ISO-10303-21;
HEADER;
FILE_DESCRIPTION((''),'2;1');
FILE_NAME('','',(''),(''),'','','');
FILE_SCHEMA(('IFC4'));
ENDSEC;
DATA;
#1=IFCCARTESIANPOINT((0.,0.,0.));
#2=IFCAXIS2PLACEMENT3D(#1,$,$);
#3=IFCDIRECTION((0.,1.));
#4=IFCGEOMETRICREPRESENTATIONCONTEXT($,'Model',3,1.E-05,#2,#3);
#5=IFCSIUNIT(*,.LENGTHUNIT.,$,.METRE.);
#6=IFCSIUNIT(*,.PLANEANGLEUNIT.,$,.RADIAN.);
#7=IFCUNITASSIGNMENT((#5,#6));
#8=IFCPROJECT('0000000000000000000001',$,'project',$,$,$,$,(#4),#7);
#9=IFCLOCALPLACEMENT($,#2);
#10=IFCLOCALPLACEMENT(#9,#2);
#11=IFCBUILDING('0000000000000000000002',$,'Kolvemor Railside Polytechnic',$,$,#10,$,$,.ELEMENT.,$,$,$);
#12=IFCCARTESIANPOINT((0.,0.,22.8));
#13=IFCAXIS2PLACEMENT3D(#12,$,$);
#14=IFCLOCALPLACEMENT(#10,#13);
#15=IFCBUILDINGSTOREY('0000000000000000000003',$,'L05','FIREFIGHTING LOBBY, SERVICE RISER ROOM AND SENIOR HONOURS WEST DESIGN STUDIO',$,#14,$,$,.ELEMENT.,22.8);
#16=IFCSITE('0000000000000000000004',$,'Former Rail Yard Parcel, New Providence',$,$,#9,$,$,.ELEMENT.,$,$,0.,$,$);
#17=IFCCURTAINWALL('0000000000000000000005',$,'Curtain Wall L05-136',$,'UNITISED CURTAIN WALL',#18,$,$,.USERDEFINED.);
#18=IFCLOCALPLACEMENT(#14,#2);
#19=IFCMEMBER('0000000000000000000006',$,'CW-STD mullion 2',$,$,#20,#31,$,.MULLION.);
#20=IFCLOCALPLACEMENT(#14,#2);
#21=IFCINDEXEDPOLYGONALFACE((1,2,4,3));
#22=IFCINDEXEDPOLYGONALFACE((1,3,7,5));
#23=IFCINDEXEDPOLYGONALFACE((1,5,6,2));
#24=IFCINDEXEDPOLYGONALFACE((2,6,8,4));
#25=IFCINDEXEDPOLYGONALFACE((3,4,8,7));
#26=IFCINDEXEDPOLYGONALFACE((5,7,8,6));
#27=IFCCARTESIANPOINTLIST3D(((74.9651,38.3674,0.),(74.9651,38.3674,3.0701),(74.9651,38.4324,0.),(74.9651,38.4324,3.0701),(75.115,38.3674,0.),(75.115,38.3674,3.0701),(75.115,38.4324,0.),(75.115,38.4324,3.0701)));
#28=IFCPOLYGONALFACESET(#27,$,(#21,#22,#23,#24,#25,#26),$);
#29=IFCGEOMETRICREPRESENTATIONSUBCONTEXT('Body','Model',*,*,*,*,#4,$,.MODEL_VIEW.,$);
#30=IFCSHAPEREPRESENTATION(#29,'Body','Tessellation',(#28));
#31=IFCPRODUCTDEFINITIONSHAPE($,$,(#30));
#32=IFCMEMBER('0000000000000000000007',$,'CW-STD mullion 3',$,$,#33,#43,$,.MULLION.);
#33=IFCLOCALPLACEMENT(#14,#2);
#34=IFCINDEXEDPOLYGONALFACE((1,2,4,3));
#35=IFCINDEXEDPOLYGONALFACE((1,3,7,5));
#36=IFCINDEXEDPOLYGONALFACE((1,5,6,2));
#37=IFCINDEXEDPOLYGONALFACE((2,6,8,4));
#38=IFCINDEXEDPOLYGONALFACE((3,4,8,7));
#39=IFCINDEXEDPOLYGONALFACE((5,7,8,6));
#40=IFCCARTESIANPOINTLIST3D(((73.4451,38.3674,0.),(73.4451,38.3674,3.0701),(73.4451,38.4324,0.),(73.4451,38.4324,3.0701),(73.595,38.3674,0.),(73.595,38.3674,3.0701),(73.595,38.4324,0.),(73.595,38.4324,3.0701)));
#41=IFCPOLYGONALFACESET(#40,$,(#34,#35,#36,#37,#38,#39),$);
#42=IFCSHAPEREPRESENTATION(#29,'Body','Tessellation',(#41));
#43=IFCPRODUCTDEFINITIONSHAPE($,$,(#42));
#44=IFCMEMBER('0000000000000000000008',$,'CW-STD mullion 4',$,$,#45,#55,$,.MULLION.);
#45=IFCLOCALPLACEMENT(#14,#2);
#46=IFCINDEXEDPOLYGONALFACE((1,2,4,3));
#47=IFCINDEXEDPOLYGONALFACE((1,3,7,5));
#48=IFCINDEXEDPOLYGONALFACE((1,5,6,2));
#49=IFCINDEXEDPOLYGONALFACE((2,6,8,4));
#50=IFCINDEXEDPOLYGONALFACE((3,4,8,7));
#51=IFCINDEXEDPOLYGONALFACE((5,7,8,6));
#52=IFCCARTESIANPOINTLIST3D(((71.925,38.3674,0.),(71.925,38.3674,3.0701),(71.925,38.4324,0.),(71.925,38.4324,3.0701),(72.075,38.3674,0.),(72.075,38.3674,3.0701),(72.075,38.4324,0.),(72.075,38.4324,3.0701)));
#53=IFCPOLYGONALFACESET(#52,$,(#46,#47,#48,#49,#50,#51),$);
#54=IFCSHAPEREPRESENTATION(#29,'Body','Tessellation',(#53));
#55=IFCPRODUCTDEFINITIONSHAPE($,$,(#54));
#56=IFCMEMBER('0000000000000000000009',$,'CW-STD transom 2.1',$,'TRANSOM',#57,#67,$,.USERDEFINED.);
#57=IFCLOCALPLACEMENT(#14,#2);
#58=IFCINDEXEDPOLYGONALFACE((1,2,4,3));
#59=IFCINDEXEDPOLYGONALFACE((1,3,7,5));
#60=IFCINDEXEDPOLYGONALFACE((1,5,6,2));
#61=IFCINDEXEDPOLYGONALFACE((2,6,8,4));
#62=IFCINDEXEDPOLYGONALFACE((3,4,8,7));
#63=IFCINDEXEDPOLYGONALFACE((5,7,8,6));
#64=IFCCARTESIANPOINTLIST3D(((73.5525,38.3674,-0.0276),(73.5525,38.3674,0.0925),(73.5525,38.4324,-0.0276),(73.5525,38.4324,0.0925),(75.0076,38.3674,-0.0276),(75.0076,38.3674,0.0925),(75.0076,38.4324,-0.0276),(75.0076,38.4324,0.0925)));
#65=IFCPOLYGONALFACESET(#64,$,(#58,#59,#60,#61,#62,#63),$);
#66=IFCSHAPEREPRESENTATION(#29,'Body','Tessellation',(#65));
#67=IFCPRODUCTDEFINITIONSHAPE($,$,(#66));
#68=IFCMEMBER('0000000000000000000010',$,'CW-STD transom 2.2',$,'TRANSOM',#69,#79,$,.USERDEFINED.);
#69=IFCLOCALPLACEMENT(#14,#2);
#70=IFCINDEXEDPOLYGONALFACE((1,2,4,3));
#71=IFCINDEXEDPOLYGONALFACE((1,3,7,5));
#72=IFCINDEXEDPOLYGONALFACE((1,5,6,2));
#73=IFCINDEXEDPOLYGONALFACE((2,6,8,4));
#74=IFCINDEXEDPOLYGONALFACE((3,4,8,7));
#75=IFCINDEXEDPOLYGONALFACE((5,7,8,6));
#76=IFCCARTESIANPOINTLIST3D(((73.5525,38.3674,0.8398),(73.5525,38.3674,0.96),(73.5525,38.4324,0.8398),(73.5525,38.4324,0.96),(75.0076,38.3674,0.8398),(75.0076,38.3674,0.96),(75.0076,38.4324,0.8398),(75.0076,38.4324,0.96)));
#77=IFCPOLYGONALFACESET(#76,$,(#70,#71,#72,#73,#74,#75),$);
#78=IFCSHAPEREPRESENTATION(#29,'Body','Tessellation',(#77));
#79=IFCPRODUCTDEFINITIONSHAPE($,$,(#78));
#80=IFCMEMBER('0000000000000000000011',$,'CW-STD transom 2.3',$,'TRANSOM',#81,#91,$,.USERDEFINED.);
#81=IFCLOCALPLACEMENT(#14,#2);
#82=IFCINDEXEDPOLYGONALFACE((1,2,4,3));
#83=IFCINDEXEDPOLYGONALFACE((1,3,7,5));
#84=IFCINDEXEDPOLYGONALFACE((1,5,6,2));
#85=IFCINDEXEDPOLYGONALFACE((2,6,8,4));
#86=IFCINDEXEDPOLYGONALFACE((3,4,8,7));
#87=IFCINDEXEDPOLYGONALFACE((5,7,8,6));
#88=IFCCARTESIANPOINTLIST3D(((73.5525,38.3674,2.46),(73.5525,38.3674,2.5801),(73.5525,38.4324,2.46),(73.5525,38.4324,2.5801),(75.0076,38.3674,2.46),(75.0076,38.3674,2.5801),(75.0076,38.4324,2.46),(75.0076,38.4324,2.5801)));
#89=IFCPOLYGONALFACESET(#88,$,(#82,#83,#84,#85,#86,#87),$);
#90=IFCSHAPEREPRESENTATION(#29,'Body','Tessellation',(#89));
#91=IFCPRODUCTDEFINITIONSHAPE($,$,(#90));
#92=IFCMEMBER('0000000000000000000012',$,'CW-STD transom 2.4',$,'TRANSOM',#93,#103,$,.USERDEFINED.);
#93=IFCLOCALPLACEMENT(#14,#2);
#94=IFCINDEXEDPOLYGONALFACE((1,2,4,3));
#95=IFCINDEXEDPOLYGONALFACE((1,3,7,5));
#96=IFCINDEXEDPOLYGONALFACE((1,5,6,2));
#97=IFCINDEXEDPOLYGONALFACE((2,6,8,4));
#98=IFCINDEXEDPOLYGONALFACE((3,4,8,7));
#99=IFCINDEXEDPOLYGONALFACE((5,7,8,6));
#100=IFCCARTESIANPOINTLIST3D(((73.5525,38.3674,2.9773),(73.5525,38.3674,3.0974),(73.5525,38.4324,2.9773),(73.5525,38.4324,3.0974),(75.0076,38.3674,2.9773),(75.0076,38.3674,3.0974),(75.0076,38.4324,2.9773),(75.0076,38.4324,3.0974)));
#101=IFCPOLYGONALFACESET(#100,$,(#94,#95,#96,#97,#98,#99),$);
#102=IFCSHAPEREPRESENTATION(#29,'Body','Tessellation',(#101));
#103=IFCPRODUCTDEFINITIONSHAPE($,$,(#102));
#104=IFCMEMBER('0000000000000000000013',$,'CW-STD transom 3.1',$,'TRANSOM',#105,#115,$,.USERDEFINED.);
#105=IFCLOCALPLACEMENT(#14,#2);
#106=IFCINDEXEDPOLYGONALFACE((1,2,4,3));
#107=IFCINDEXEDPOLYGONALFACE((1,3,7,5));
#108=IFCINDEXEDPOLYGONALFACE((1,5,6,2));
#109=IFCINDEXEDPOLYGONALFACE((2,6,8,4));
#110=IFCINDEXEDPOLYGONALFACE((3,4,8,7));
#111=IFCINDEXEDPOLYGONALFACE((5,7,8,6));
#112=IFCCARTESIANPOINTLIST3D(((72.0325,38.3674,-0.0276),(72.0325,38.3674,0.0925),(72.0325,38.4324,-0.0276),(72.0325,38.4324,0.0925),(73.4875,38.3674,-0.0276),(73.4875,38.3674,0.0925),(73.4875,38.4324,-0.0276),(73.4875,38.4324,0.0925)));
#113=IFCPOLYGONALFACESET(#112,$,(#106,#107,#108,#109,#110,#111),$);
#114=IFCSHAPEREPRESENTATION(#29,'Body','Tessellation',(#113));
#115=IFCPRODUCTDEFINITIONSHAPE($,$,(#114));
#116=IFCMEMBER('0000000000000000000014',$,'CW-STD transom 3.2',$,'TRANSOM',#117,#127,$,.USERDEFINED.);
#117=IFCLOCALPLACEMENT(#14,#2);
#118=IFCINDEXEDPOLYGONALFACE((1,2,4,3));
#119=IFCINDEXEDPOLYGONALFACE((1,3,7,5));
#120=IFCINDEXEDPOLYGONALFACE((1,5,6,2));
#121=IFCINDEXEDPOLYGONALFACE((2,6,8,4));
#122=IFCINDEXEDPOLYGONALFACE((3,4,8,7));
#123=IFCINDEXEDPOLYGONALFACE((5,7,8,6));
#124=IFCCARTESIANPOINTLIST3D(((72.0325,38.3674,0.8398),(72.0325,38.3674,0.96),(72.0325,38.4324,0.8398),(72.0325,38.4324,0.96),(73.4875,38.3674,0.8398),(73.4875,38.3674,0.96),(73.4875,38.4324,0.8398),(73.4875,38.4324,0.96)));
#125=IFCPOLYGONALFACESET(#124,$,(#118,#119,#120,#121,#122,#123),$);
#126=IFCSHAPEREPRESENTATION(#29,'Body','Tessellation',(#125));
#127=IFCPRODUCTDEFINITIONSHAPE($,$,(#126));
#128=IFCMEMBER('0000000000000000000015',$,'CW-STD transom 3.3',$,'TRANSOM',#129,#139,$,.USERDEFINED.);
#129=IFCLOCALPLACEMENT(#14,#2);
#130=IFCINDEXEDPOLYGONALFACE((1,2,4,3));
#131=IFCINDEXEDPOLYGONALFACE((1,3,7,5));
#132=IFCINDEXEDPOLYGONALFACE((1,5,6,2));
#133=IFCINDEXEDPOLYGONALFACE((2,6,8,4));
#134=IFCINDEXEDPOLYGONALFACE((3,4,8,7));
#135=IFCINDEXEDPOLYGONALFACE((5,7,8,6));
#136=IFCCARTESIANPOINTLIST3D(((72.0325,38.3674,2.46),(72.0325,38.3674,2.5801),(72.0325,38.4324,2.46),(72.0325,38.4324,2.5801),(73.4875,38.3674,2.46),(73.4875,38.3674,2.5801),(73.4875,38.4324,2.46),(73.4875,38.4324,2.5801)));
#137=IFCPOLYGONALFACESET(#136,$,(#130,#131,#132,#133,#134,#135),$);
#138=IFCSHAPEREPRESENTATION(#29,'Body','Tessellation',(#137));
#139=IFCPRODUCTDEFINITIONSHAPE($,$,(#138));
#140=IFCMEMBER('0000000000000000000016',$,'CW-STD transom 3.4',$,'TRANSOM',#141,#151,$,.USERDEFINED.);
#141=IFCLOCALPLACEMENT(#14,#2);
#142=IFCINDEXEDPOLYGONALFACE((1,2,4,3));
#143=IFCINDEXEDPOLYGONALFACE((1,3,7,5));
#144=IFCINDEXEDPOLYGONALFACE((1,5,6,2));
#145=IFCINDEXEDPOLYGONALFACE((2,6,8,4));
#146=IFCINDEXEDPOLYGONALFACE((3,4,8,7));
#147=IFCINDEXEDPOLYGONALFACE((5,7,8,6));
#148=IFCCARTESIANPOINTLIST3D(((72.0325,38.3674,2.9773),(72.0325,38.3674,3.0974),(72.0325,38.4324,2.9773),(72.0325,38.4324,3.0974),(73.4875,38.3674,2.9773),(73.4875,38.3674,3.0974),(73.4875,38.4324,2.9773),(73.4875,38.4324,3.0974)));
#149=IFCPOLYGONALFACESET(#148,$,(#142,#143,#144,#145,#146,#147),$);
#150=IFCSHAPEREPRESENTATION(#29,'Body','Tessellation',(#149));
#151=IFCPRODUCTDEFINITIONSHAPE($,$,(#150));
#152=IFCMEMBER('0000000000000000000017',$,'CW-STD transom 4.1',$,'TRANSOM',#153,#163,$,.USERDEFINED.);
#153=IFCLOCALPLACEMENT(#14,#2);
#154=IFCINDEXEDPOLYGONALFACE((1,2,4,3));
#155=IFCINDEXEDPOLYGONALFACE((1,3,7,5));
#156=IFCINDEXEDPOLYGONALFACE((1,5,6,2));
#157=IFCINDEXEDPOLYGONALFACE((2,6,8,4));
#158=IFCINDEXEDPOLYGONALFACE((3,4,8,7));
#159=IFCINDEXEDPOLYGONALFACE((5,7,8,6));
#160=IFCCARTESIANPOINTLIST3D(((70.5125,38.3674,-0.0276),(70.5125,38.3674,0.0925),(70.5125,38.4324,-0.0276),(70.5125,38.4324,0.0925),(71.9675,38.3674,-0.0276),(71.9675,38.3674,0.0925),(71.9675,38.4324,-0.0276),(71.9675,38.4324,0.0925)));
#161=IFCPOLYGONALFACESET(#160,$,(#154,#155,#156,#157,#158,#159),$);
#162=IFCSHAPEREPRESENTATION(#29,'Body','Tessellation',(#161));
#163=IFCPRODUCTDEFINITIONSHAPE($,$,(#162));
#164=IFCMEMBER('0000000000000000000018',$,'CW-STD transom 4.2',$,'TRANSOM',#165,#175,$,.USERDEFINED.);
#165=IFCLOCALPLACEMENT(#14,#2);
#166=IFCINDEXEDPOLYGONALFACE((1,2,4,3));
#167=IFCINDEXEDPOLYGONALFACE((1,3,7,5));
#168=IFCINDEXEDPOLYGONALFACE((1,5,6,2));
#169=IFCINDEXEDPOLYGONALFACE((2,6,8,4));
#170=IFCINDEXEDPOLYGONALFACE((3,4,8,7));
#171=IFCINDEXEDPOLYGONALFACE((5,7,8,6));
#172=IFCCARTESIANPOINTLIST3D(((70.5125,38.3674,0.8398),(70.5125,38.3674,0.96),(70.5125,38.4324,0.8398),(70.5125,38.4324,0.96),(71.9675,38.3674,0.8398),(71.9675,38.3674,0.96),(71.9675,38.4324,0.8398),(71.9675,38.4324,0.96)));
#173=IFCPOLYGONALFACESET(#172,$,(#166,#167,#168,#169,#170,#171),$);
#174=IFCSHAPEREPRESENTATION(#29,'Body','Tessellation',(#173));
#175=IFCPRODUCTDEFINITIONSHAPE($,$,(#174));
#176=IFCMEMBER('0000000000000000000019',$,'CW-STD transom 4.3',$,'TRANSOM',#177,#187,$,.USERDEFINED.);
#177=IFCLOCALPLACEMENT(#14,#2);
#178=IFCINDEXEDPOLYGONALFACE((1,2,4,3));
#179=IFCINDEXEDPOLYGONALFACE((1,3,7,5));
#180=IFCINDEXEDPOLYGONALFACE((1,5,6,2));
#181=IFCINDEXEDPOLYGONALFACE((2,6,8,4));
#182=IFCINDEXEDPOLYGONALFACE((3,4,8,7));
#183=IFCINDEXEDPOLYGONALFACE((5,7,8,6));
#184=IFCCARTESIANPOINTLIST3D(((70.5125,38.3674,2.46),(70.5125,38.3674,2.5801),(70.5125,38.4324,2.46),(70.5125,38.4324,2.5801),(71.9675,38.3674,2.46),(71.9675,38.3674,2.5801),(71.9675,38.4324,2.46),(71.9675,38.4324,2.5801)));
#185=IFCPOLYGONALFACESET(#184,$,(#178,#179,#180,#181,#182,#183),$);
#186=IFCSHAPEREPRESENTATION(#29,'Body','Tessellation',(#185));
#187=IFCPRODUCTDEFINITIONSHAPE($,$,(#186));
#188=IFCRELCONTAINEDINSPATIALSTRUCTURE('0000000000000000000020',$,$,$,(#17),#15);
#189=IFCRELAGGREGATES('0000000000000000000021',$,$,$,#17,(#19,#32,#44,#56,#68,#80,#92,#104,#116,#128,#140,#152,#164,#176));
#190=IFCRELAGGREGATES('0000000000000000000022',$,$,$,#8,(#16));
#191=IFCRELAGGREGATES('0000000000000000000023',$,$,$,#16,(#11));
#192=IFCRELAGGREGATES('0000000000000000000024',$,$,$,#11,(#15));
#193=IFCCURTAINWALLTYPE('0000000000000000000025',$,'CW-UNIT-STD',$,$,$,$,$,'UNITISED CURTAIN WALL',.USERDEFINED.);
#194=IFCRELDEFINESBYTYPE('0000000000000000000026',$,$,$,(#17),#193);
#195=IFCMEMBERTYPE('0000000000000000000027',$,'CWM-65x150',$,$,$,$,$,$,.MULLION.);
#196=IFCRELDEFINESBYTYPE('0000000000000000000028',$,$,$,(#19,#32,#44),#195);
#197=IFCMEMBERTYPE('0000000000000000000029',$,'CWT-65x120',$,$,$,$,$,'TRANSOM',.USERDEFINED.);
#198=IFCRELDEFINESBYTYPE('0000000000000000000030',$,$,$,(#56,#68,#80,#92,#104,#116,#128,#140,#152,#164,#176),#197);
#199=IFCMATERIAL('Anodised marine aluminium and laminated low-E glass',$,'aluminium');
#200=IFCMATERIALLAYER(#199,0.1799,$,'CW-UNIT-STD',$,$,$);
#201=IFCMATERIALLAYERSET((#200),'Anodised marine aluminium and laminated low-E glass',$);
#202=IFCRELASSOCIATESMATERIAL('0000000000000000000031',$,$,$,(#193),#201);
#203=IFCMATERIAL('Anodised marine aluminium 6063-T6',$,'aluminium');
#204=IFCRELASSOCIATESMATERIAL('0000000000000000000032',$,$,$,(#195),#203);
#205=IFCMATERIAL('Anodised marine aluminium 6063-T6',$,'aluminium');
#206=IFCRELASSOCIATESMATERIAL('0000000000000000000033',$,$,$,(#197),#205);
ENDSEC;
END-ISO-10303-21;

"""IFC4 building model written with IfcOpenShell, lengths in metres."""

from ifc_helpers import new_model, si_unit, direction, frame, origin, origin_2d, place, context, subcontext, project, spatial, rectangle, extrude, material, layer, layer_set, material_profile, profile_set, type_object, element, aggregate, save


model = new_model("IFC4")

# Units and contexts
model_context = context("Model", 3, precision=1e-05, world=origin(), true_north=direction((0.0, 1.0)))
body_context = subcontext(model_context, "Body", "Model", "MODEL_VIEW")
ifc_project = project(units=[si_unit("LENGTHUNIT", "METRE"), si_unit("PLANEANGLEUNIT", "RADIAN")], contexts=[model_context])

# Site, building, storey
site_placement = place(None, origin())
site = spatial("IfcSite", under=ifc_project, at=site_placement, Name="Former Rail Yard Parcel, New Providence", CompositionType="ELEMENT", RefElevation=0.0)
building_placement = place(site_placement, origin())
building = spatial("IfcBuilding", under=site, at=building_placement, Name="Kolvemor Railside Polytechnic", CompositionType="ELEMENT")
storey_placement = place(building_placement, frame((0.0, 0.0, 22.8)))
storey = spatial("IfcBuildingStorey", under=building, at=storey_placement, Name="L05", Description="FIREFIGHTING LOBBY, SERVICE RISER ROOM AND SENIOR HONOURS WEST DESIGN STUDIO", CompositionType="ELEMENT", Elevation=22.8)

# Curtain wall, members
ifc_material_1 = material(Name="Anodised marine aluminium and laminated low-E glass", Category="aluminium")
ifc_layer_1 = layer(ifc_material_1, 0.1799, Name="CW-UNIT-STD")
ifc_layer_set_1 = layer_set([ifc_layer_1], Name="Anodised marine aluminium and laminated low-E glass")
curtain_wall_type = type_object("IfcCurtainWallType", Name="CW-UNIT-STD", ElementType="UNITISED CURTAIN WALL", PredefinedType="USERDEFINED", material=ifc_layer_set_1)
curtain_wall_placement = place(storey_placement, origin())
curtain_wall = element("IfcCurtainWall", 1, at=curtain_wall_placement, inside=storey, type_object=curtain_wall_type, Name="Curtain Wall L05-136", ObjectType="UNITISED CURTAIN WALL", PredefinedType="USERDEFINED")
ifc_material_2 = material(Name="Anodised marine aluminium 6063-T6", Category="aluminium")
ifc_material_profile_1 = material_profile(ifc_material_2, rectangle(XDim=0.0649, YDim=0.1499, at=origin_2d()), Name="CW-MUL-65x150")
ifc_profile_set_1 = profile_set([ifc_material_profile_1], Name="Anodised marine aluminium 6063-T6")
member_type_1 = type_object("IfcMemberType", Name="CWM-65x150", PredefinedType="MULLION", material=ifc_profile_set_1)
member_1_placement = place(storey_placement, frame((75.04, 38.3999, 0.0), z_axis=(0.0, 0.0, 1.0), x_axis=(0.0, -1.0, 0.0)))
member_1 = element("IfcMember", 2, at=member_1_placement, type_object=member_type_1, Name="CW-STD mullion 2", PredefinedType="MULLION", context=body_context, shape_type="SweptSolid", body=[
    extrude(rectangle(XDim=0.0649, YDim=0.1499, at=origin_2d()), origin(), (0.0, 0.0, 1.0), 3.0701),
])
member_2_placement = place(storey_placement, frame((73.52, 38.3999, 0.0), z_axis=(0.0, 0.0, 1.0), x_axis=(0.0, -1.0, 0.0)))
member_2 = element("IfcMember", 3, at=member_2_placement, type_object=member_type_1, Name="CW-STD mullion 3", PredefinedType="MULLION", context=body_context, shape_type="SweptSolid", body=[
    extrude(rectangle(XDim=0.0649, YDim=0.1499, at=origin_2d()), origin(), (0.0, 0.0, 1.0), 3.0701),
])
member_3_placement = place(storey_placement, frame((72.0, 38.3999, 0.0), z_axis=(0.0, 0.0, 1.0), x_axis=(0.0, -1.0, 0.0)))
member_3 = element("IfcMember", 4, at=member_3_placement, type_object=member_type_1, Name="CW-STD mullion 4", PredefinedType="MULLION", context=body_context, shape_type="SweptSolid", body=[
    extrude(rectangle(XDim=0.0649, YDim=0.1499, at=origin_2d()), origin(), (0.0, 0.0, 1.0), 3.0701),
])
ifc_material_3 = material(Name="Anodised marine aluminium 6063-T6", Category="aluminium")
ifc_material_profile_2 = material_profile(ifc_material_3, rectangle(XDim=0.0649, YDim=0.1201, at=origin_2d()), Name="CW-TRN-65x120")
ifc_profile_set_2 = profile_set([ifc_material_profile_2], Name="Anodised marine aluminium 6063-T6")
member_type_2 = type_object("IfcMemberType", Name="CWT-65x120", ElementType="TRANSOM", PredefinedType="USERDEFINED", material=ifc_profile_set_2)
member_4_placement = place(storey_placement, frame((75.0076, 38.3999, 0.0325), z_axis=(-1.0, 0.0, 0.0), x_axis=(0.0, -1.0, 0.0)))
member_4 = element("IfcMember", 5, at=member_4_placement, type_object=member_type_2, Name="CW-STD transom 2.1", ObjectType="TRANSOM", PredefinedType="USERDEFINED", context=body_context, shape_type="SweptSolid", body=[
    extrude(rectangle(XDim=0.0649, YDim=0.1201, at=origin_2d()), origin(), (0.0, 0.0, 1.0), 1.4551),
])
member_5_placement = place(storey_placement, frame((75.0076, 38.3999, 0.8999), z_axis=(-1.0, 0.0, 0.0), x_axis=(0.0, -1.0, 0.0)))
member_5 = element("IfcMember", 6, at=member_5_placement, type_object=member_type_2, Name="CW-STD transom 2.2", ObjectType="TRANSOM", PredefinedType="USERDEFINED", context=body_context, shape_type="SweptSolid", body=[
    extrude(rectangle(XDim=0.0649, YDim=0.1201, at=origin_2d()), origin(), (0.0, 0.0, 1.0), 1.4551),
])
member_6_placement = place(storey_placement, frame((75.0076, 38.3999, 2.52), z_axis=(-1.0, 0.0, 0.0), x_axis=(0.0, -1.0, 0.0)))
member_6 = element("IfcMember", 7, at=member_6_placement, type_object=member_type_2, Name="CW-STD transom 2.3", ObjectType="TRANSOM", PredefinedType="USERDEFINED", context=body_context, shape_type="SweptSolid", body=[
    extrude(rectangle(XDim=0.0649, YDim=0.1201, at=origin_2d()), origin(), (0.0, 0.0, 1.0), 1.4551),
])
member_7_placement = place(storey_placement, frame((75.0076, 38.3999, 3.0374), z_axis=(-1.0, 0.0, 0.0), x_axis=(0.0, -1.0, 0.0)))
member_7 = element("IfcMember", 8, at=member_7_placement, type_object=member_type_2, Name="CW-STD transom 2.4", ObjectType="TRANSOM", PredefinedType="USERDEFINED", context=body_context, shape_type="SweptSolid", body=[
    extrude(rectangle(XDim=0.0649, YDim=0.1201, at=origin_2d()), origin(), (0.0, 0.0, 1.0), 1.4551),
])
member_8_placement = place(storey_placement, frame((73.4875, 38.3999, 0.0325), z_axis=(-1.0, 0.0, 0.0), x_axis=(0.0, -1.0, 0.0)))
member_8 = element("IfcMember", 9, at=member_8_placement, type_object=member_type_2, Name="CW-STD transom 3.1", ObjectType="TRANSOM", PredefinedType="USERDEFINED", context=body_context, shape_type="SweptSolid", body=[
    extrude(rectangle(XDim=0.0649, YDim=0.1201, at=origin_2d()), origin(), (0.0, 0.0, 1.0), 1.4551),
])
member_9_placement = place(storey_placement, frame((73.4875, 38.3999, 0.8999), z_axis=(-1.0, 0.0, 0.0), x_axis=(0.0, -1.0, 0.0)))
member_9 = element("IfcMember", 10, at=member_9_placement, type_object=member_type_2, Name="CW-STD transom 3.2", ObjectType="TRANSOM", PredefinedType="USERDEFINED", context=body_context, shape_type="SweptSolid", body=[
    extrude(rectangle(XDim=0.0649, YDim=0.1201, at=origin_2d()), origin(), (0.0, 0.0, 1.0), 1.4551),
])
member_10_placement = place(storey_placement, frame((73.4875, 38.3999, 2.52), z_axis=(-1.0, 0.0, 0.0), x_axis=(0.0, -1.0, 0.0)))
member_10 = element("IfcMember", 11, at=member_10_placement, type_object=member_type_2, Name="CW-STD transom 3.3", ObjectType="TRANSOM", PredefinedType="USERDEFINED", context=body_context, shape_type="SweptSolid", body=[
    extrude(rectangle(XDim=0.0649, YDim=0.1201, at=origin_2d()), origin(), (0.0, 0.0, 1.0), 1.4551),
])
member_11_placement = place(storey_placement, frame((73.4875, 38.3999, 3.0374), z_axis=(-1.0, 0.0, 0.0), x_axis=(0.0, -1.0, 0.0)))
member_11 = element("IfcMember", 12, at=member_11_placement, type_object=member_type_2, Name="CW-STD transom 3.4", ObjectType="TRANSOM", PredefinedType="USERDEFINED", context=body_context, shape_type="SweptSolid", body=[
    extrude(rectangle(XDim=0.0649, YDim=0.1201, at=origin_2d()), origin(), (0.0, 0.0, 1.0), 1.4551),
])
member_12_placement = place(storey_placement, frame((71.9675, 38.3999, 0.0325), z_axis=(-1.0, 0.0, 0.0), x_axis=(0.0, -1.0, 0.0)))
member_12 = element("IfcMember", 13, at=member_12_placement, type_object=member_type_2, Name="CW-STD transom 4.1", ObjectType="TRANSOM", PredefinedType="USERDEFINED", context=body_context, shape_type="SweptSolid", body=[
    extrude(rectangle(XDim=0.0649, YDim=0.1201, at=origin_2d()), origin(), (0.0, 0.0, 1.0), 1.4551),
])
member_13_placement = place(storey_placement, frame((71.9675, 38.3999, 0.8999), z_axis=(-1.0, 0.0, 0.0), x_axis=(0.0, -1.0, 0.0)))
member_13 = element("IfcMember", 14, at=member_13_placement, type_object=member_type_2, Name="CW-STD transom 4.2", ObjectType="TRANSOM", PredefinedType="USERDEFINED", context=body_context, shape_type="SweptSolid", body=[
    extrude(rectangle(XDim=0.0649, YDim=0.1201, at=origin_2d()), origin(), (0.0, 0.0, 1.0), 1.4551),
])
member_14_placement = place(storey_placement, frame((71.9675, 38.3999, 2.52), z_axis=(-1.0, 0.0, 0.0), x_axis=(0.0, -1.0, 0.0)))
member_14 = element("IfcMember", 15, at=member_14_placement, type_object=member_type_2, Name="CW-STD transom 4.3", ObjectType="TRANSOM", PredefinedType="USERDEFINED", context=body_context, shape_type="SweptSolid", body=[
    extrude(rectangle(XDim=0.0649, YDim=0.1201, at=origin_2d()), origin(), (0.0, 0.0, 1.0), 1.4551),
])
aggregate(curtain_wall, [member_1, member_2, member_3, member_4, member_5, member_6, member_7, member_8, member_9, member_10, member_11, member_12, member_13, member_14])

save(model, "model.ifc")
